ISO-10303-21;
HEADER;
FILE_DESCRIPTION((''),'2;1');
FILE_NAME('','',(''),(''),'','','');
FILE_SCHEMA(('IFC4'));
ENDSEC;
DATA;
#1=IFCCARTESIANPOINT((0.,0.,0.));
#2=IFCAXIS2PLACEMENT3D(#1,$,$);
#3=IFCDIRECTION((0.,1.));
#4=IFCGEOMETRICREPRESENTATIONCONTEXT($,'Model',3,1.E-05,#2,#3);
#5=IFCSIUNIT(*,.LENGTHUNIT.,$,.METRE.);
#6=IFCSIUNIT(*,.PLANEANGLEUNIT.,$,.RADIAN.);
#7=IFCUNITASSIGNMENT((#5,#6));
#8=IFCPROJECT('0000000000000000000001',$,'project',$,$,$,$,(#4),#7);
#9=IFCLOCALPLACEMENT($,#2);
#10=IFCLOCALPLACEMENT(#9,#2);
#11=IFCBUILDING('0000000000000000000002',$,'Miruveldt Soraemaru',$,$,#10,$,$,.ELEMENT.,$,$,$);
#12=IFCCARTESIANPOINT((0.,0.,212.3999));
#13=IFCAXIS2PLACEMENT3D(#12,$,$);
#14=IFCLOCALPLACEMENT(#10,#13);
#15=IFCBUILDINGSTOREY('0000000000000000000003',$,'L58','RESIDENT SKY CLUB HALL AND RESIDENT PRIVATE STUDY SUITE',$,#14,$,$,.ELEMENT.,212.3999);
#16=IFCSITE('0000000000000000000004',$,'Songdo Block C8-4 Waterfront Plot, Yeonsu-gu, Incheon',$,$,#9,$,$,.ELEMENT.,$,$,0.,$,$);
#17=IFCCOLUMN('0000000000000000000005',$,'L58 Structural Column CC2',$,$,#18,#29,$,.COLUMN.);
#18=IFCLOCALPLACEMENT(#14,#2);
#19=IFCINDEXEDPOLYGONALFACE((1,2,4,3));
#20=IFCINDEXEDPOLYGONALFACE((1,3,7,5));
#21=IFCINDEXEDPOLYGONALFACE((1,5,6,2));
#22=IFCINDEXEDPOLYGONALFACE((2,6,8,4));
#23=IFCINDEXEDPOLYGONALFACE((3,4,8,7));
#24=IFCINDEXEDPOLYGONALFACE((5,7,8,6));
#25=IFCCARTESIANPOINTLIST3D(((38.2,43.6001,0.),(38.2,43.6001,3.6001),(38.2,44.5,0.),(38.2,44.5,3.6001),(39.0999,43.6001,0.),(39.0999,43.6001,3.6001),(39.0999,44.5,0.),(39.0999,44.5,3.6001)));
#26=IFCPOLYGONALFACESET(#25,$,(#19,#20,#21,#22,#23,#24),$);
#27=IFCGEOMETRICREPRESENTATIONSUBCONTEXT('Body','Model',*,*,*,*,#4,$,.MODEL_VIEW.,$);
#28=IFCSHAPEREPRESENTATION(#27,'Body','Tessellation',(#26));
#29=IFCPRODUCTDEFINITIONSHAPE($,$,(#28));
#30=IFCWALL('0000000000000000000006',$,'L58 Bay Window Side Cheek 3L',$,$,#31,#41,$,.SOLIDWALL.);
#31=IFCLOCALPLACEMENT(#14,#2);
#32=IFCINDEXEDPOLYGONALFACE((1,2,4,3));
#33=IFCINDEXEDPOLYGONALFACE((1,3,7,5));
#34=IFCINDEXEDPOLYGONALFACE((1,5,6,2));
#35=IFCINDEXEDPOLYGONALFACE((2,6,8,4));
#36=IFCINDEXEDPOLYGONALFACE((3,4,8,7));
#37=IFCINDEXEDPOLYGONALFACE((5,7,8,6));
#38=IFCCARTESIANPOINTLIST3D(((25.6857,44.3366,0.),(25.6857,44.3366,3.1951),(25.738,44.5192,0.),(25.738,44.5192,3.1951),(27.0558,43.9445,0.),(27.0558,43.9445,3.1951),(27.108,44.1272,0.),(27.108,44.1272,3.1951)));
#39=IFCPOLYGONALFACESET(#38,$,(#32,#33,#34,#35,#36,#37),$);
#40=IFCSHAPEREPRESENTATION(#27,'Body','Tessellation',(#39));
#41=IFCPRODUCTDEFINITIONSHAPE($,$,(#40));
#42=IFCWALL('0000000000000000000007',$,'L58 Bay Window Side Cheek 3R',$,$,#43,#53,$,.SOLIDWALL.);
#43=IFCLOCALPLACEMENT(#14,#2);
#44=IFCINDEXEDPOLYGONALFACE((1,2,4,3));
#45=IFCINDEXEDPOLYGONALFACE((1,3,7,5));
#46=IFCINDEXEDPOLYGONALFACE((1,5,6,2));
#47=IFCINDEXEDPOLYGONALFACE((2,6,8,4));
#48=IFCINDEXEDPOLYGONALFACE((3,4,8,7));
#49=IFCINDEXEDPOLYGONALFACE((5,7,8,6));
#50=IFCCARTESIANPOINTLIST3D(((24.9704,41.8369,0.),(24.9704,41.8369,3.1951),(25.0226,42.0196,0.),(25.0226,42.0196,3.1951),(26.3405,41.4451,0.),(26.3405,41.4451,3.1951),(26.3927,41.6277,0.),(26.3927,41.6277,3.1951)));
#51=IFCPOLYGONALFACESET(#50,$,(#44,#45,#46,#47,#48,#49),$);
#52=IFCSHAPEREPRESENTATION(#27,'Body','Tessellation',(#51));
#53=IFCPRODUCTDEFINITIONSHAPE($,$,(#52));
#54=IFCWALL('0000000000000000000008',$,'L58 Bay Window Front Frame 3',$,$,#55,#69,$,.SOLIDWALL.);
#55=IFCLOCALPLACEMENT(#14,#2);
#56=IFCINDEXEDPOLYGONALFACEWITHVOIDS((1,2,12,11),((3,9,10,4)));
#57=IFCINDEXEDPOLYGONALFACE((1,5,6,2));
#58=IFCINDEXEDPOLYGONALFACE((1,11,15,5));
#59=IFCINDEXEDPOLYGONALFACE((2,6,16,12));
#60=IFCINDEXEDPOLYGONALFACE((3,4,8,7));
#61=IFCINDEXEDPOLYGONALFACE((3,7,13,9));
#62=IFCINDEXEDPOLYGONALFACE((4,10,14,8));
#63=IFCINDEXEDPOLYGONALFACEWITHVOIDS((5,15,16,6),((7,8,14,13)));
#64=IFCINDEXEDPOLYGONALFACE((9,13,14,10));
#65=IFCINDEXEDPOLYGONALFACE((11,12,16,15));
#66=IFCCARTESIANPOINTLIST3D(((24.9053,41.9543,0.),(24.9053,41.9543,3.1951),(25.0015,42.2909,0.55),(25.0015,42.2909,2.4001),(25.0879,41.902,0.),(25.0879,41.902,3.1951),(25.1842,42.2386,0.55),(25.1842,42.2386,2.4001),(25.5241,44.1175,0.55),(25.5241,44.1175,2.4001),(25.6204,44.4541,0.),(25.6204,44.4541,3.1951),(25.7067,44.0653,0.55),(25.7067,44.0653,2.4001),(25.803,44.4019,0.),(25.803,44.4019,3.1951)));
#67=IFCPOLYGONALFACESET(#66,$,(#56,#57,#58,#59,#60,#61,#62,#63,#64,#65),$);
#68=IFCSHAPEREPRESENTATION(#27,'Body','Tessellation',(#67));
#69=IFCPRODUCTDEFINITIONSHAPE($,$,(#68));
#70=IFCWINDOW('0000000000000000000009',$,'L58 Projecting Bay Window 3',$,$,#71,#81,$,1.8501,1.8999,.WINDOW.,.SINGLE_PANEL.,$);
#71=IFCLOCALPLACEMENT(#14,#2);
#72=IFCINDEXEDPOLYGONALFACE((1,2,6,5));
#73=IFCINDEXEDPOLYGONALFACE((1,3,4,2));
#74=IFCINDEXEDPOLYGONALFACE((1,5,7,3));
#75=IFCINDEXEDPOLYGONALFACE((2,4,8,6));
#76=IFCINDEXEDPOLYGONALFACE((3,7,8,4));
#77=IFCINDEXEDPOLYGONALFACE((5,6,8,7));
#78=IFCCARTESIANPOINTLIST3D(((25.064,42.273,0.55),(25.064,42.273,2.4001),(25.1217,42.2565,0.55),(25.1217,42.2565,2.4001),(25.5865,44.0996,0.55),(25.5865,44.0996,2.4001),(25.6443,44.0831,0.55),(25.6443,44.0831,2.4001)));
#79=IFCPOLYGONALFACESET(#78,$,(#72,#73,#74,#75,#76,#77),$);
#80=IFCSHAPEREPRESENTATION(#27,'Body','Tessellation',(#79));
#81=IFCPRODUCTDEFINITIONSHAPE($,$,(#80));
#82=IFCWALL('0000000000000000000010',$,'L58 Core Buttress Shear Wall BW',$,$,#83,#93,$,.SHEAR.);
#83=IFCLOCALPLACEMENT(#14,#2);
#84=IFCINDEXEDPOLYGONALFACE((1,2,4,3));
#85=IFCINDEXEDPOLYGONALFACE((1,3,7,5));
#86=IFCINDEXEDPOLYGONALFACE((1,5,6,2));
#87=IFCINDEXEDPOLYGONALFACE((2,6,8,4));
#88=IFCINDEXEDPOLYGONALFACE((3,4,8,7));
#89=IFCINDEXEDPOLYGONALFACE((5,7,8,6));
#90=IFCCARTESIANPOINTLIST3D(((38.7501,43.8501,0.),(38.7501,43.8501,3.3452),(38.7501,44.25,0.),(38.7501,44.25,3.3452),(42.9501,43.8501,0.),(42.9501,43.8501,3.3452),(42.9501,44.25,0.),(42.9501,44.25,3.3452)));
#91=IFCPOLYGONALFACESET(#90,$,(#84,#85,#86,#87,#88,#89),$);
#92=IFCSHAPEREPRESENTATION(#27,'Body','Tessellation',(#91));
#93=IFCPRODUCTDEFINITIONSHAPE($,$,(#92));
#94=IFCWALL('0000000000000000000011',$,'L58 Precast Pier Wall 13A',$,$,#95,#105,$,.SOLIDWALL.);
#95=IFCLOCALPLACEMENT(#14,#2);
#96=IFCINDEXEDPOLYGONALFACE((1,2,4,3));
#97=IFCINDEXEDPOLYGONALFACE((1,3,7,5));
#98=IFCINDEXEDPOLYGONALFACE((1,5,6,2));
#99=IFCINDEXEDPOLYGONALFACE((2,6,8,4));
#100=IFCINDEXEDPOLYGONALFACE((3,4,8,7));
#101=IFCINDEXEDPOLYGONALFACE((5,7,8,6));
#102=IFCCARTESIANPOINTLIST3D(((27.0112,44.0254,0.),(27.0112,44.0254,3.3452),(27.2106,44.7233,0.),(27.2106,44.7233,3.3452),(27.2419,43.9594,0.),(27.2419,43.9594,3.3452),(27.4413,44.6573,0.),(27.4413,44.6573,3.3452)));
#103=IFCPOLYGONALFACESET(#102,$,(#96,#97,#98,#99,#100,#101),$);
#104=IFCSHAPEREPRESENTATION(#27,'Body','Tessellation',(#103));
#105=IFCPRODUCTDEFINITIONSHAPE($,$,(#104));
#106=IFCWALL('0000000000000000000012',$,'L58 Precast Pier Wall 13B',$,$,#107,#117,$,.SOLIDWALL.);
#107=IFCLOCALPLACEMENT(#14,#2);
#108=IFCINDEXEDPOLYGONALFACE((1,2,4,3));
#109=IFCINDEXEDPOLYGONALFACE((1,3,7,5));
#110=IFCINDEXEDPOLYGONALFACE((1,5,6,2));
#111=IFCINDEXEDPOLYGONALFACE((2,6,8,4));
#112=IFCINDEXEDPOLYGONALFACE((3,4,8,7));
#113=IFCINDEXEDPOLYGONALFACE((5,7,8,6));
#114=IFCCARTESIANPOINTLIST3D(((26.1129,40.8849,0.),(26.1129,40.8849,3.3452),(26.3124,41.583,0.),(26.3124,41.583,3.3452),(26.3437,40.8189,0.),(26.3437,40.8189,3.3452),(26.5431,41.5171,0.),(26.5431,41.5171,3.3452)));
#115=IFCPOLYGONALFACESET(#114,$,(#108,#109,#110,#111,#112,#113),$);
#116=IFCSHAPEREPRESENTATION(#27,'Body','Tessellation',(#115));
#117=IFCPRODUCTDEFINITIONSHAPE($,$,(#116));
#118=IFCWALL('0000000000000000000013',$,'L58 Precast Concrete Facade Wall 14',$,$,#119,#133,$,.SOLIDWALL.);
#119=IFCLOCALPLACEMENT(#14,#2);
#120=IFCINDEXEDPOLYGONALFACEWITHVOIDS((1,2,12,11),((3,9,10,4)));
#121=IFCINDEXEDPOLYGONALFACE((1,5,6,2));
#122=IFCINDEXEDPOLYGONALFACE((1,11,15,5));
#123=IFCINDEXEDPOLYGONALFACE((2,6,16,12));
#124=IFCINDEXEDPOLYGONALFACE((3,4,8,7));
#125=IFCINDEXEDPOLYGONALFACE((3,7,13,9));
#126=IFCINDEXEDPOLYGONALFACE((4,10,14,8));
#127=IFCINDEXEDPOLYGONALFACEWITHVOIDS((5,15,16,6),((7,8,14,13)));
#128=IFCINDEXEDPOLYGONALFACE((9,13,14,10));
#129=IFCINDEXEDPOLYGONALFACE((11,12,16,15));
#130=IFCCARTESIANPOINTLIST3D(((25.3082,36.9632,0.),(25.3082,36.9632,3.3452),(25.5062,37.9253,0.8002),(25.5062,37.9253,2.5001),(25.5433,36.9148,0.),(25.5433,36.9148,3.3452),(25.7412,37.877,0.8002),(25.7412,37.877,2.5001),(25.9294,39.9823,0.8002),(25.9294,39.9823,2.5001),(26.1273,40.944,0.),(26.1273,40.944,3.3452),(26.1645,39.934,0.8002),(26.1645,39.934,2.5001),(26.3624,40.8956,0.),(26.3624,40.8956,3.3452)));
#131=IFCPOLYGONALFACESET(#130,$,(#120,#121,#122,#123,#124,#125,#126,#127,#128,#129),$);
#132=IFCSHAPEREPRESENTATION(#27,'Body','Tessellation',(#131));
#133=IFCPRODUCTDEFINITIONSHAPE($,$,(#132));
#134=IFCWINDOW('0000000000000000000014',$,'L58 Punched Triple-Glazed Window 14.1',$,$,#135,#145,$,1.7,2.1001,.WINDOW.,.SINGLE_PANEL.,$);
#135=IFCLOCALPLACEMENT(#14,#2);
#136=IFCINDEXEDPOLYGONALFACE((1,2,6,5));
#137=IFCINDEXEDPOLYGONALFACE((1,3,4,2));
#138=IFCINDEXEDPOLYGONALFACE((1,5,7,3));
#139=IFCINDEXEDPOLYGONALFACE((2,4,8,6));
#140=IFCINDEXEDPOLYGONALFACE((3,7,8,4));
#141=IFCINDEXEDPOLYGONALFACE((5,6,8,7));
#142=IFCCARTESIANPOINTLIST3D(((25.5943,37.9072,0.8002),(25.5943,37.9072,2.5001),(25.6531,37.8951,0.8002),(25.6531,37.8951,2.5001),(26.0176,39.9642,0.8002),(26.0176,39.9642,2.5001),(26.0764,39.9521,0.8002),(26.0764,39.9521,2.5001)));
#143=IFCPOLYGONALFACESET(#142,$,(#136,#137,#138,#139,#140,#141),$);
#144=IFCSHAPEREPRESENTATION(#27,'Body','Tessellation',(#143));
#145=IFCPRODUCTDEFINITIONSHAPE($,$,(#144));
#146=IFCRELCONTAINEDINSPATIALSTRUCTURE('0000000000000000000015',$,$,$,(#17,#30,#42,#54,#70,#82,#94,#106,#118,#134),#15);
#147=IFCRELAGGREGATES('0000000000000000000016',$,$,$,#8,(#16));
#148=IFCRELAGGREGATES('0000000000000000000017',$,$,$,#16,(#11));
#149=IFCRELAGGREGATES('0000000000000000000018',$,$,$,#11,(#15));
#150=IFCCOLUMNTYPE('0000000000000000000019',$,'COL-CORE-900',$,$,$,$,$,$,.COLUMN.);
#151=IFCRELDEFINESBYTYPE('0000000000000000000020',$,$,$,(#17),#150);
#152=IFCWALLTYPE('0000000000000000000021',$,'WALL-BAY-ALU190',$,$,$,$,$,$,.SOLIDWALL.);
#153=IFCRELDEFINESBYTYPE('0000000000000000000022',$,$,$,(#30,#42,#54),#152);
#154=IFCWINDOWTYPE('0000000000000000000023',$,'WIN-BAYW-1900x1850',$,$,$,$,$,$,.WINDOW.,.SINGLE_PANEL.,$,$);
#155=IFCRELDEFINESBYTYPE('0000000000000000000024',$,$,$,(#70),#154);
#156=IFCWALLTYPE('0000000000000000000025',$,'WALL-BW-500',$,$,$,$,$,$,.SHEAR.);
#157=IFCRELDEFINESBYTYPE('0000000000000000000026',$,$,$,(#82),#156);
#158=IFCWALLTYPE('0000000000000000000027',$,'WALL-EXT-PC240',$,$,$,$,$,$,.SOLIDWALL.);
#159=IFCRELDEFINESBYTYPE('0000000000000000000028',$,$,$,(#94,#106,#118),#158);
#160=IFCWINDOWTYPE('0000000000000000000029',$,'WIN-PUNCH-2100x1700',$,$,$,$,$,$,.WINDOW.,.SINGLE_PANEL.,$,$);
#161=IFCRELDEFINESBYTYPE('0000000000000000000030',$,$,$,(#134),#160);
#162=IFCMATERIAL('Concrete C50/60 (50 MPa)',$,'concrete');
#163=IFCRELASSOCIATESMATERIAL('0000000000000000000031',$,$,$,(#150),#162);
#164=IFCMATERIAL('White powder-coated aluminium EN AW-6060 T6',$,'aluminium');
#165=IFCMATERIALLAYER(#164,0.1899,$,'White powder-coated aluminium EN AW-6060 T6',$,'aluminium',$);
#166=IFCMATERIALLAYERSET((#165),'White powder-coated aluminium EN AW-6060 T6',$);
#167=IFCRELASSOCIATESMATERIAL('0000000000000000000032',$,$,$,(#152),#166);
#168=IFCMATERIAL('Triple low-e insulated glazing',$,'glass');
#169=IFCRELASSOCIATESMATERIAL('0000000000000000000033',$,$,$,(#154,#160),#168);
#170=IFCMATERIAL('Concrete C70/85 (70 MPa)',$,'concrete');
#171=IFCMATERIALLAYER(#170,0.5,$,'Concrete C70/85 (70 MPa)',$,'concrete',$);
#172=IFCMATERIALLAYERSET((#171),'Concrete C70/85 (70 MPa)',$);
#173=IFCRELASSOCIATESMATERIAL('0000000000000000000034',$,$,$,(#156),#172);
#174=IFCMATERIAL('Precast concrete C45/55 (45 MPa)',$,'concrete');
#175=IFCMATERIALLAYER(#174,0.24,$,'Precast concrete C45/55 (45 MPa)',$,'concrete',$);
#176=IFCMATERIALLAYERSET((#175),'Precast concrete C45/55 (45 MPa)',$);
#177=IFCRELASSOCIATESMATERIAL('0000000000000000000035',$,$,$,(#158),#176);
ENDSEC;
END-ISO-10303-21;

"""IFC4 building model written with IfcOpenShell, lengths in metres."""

from ifc_helpers import new_model, si_unit, direction, frame, frame_2d, origin, origin_2d, place, context, subcontext, project, spatial, rectangle, extrude, material, layer, layer_set, material_profile, profile_set, type_object, element, fill, save


model = new_model("IFC4")

# Units and contexts
model_context = context("Model", 3, precision=1e-05, world=origin(), true_north=direction((0.0, 1.0)))
body_context = subcontext(model_context, "Body", "Model", "MODEL_VIEW")
ifc_project = project(units=[si_unit("LENGTHUNIT", "METRE"), si_unit("PLANEANGLEUNIT", "RADIAN")], contexts=[model_context])

# Site, building, storey
site_placement = place(None, origin())
site = spatial("IfcSite", under=ifc_project, at=site_placement, Name="Songdo Block C8-4 Waterfront Plot, Yeonsu-gu, Incheon", CompositionType="ELEMENT", RefElevation=0.0)
building_placement = place(site_placement, origin())
building = spatial("IfcBuilding", under=site, at=building_placement, Name="Miruveldt Soraemaru", CompositionType="ELEMENT")
storey_placement = place(building_placement, frame((0.0, 0.0, 212.3999)))
storey = spatial("IfcBuildingStorey", under=building, at=storey_placement, Name="L58", Description="RESIDENT SKY CLUB HALL AND RESIDENT PRIVATE STUDY SUITE", CompositionType="ELEMENT", Elevation=212.3999)

# Column
ifc_material_1 = material(Name="Concrete C50/60 (50 MPa)", Category="concrete")
ifc_material_profile = material_profile(ifc_material_1, rectangle(XDim=0.8999, YDim=0.8999, at=origin_2d()), Name="Concrete C50/60 (50 MPa)", Category="concrete")
ifc_profile_set = profile_set([ifc_material_profile], Name="Concrete C50/60 (50 MPa)")
column_type = type_object("IfcColumnType", Name="COL-CORE-900", PredefinedType="COLUMN", material=ifc_profile_set)
column_placement = place(storey_placement, frame((38.6499, 44.05, 0.0), z_axis=(0.0, 0.0, 1.0), x_axis=(1.0, 0.0, 0.0)))
element("IfcColumn", 1, at=column_placement, inside=storey, type_object=column_type, Name="L58 Structural Column CC2", PredefinedType="COLUMN", context=body_context, shape_type="SweptSolid", body=[
    extrude(rectangle(XDim=0.8999, YDim=0.8999, at=origin_2d()), origin(), (0.0, 0.0, 1.0), 3.6001),
])

# Walls
ifc_material_2 = material(Name="White powder-coated aluminium EN AW-6060 T6", Category="aluminium")
ifc_layer_1 = layer(ifc_material_2, 0.1899, Name="White powder-coated aluminium EN AW-6060 T6", Category="aluminium")
ifc_layer_set_1 = layer_set([ifc_layer_1], Name="White powder-coated aluminium EN AW-6060 T6")
wall_type_1 = type_object("IfcWallType", Name="WALL-BAY-ALU190", PredefinedType="SOLIDWALL", material=ifc_layer_set_1)
for number, where, z_axis, x_axis, name in (
    (2, (27.0818, 44.0359, 0.0), (0.0, 0.0, 1.0), (-0.961407, 0.275128, 0.0), "L58 Bay Window Side Cheek 3L"),
    (3, (24.9966, 41.9282, 0.0), (0.0, 0.0, 1.0), (0.961453, -0.27497, 0.0), "L58 Bay Window Side Cheek 3R"),
):
    element("IfcWall", number, at=place(storey_placement, frame(where, z_axis=z_axis, x_axis=x_axis)), inside=storey, type_object=wall_type_1, Name=name, PredefinedType="SOLIDWALL", context=body_context, shape_type="SweptSolid", body=[
        extrude(rectangle(XDim=1.425, YDim=0.1899, at=frame_2d((0.7124, 0.0))), origin(), (0.0, 0.0, 1.0), 3.1951),
    ])

# Wall, opening, window
wall_1_placement = place(storey_placement, frame((25.7117, 44.428, 0.0), z_axis=(0.0, 0.0, 1.0), x_axis=(-0.275031, -0.961435, 0.0)))
wall_1 = element("IfcWall", 4, at=wall_1_placement, inside=storey, type_object=wall_type_1, Name="L58 Bay Window Front Frame 3", PredefinedType="SOLIDWALL", context=body_context, shape_type="SweptSolid", body=[
    extrude(rectangle(XDim=2.6001, YDim=0.1899, at=frame_2d((1.3, 0.0))), origin(), (0.0, 0.0, 1.0), 3.1951),
])
opening_1_placement = place(wall_1_placement, frame((0.3501, 0.0, 0.55)))
opening_1 = element("IfcOpeningElement", 5, at=opening_1_placement, cuts=wall_1, PredefinedType="OPENING", context=body_context, shape_type="SweptSolid", body=[
    extrude(rectangle(XDim=1.8999, YDim=1.8501, at=frame_2d((0.95, 0.925))), frame((0.0, 0.105, 0.0), z_axis=(0.0, -1.0, 0.0), x_axis=(1.0, 0.0, 0.0)), (0.0, 0.0, 1.0), 0.21),
])
ifc_material_3 = material(Name="Triple low-e insulated glazing", Category="glass")
window_type_1 = type_object("IfcWindowType", Name="WIN-BAYW-1900x1850", PartitioningType="SINGLE_PANEL", PredefinedType="WINDOW", material=ifc_material_3)
window_1_placement = place(opening_1_placement, origin())
window_1 = element("IfcWindow", 6, at=window_1_placement, inside=storey, type_object=window_type_1, Name="L58 Projecting Bay Window 3", OverallHeight=1.8501, OverallWidth=1.8999, PartitioningType="SINGLE_PANEL", PredefinedType="WINDOW", context=body_context, shape_type="SweptSolid", body=[
    extrude(rectangle(XDim=1.8999, YDim=1.8501, at=frame_2d((0.95, 0.925))), frame((0.0, 0.03, 0.0), z_axis=(0.0, -1.0, 0.0), x_axis=(1.0, 0.0, 0.0)), (0.0, 0.0, 1.0), 0.0601),
])
fill(opening_1, window_1)

# Walls
ifc_material_4 = material(Name="Concrete C70/85 (70 MPa)", Category="concrete")
ifc_layer_2 = layer(ifc_material_4, 0.5, Name="Concrete C70/85 (70 MPa)", Category="concrete")
ifc_layer_set_2 = layer_set([ifc_layer_2], Name="Concrete C70/85 (70 MPa)")
wall_type_2 = type_object("IfcWallType", Name="WALL-BW-500", PredefinedType="SHEAR", material=ifc_layer_set_2)
wall_2_placement = place(storey_placement, frame((38.75, 44.05, 0.0), z_axis=(0.0, 0.0, 1.0), x_axis=(1.0, 0.0, 0.0)))
element("IfcWall", 7, at=wall_2_placement, inside=storey, type_object=wall_type_2, Name="L58 Core Buttress Shear Wall BW", PredefinedType="SHEAR", context=body_context, shape_type="SweptSolid", body=[
    extrude(rectangle(XDim=4.2, YDim=0.3999, at=frame_2d((2.1001, 0.0))), origin(), (0.0, 0.0, 1.0), 3.3452),
])
ifc_material_5 = material(Name="Precast concrete C45/55 (45 MPa)", Category="concrete")
ifc_layer_3 = layer(ifc_material_5, 0.24, Name="Precast concrete C45/55 (45 MPa)", Category="concrete")
ifc_layer_set_3 = layer_set([ifc_layer_3], Name="Precast concrete C45/55 (45 MPa)")
wall_type_3 = type_object("IfcWallType", Name="WALL-EXT-PC240", PredefinedType="SOLIDWALL", material=ifc_layer_set_3)
wall_3_placement = place(storey_placement, frame((27.3259, 44.6902, 0.0), z_axis=(0.0, 0.0, 1.0), x_axis=(-0.274766, -0.961511, 0.0)))
element("IfcWall", 8, at=wall_3_placement, inside=storey, type_object=wall_type_3, Name="L58 Precast Pier Wall 13A", PredefinedType="SOLIDWALL", context=body_context, shape_type="SweptSolid", body=[
    extrude(rectangle(XDim=0.7258, YDim=0.24, at=frame_2d((0.3628, 0.0))), origin(), (0.0, 0.0, 1.0), 3.3452),
])
wall_4_placement = place(storey_placement, frame((26.4277, 41.55, 0.0), z_axis=(0.0, 0.0, 1.0), x_axis=(-0.274677, -0.961537, 0.0)))
element("IfcWall", 9, at=wall_4_placement, inside=storey, type_object=wall_type_3, Name="L58 Precast Pier Wall 13B", PredefinedType="SOLIDWALL", context=body_context, shape_type="SweptSolid", body=[
    extrude(rectangle(XDim=0.7261, YDim=0.24, at=frame_2d((0.363, 0.0))), origin(), (0.0, 0.0, 1.0), 3.3452),
])

# Wall, opening, window
wall_5_placement = place(storey_placement, frame((26.2449, 40.9199, 0.0), z_axis=(0.0, 0.0, 1.0), x_axis=(-0.201543, -0.97948, 0.0)))
wall_5 = element("IfcWall", 10, at=wall_5_placement, inside=storey, type_object=wall_type_3, Name="L58 Precast Concrete Facade Wall 14", PredefinedType="SOLIDWALL", context=body_context, shape_type="SweptSolid", body=[
    extrude(rectangle(XDim=4.0642, YDim=0.24, at=frame_2d((2.0322, 0.0))), origin(), (0.0, 0.0, 1.0), 3.3452),
])
opening_2_placement = place(wall_5_placement, frame((0.9819, 0.0, 0.8)))
opening_2 = element("IfcOpeningElement", 11, at=opening_2_placement, cuts=wall_5, PredefinedType="OPENING", context=body_context, shape_type="SweptSolid", body=[
    extrude(rectangle(XDim=2.1001, YDim=1.7, at=frame_2d((1.05, 0.8501))), frame((0.0, 0.1299, 0.0), z_axis=(0.0, -1.0, 0.0), x_axis=(1.0, 0.0, 0.0)), (0.0, 0.0, 1.0), 0.26),
])
window_type_2 = type_object("IfcWindowType", Name="WIN-PUNCH-2100x1700", PartitioningType="SINGLE_PANEL", PredefinedType="WINDOW", material=ifc_material_3)
window_2_placement = place(opening_2_placement, origin())
window_2 = element("IfcWindow", 12, at=window_2_placement, inside=storey, type_object=window_type_2, Name="L58 Punched Triple-Glazed Window 14.1", OverallHeight=1.7, OverallWidth=2.1001, PartitioningType="SINGLE_PANEL", PredefinedType="WINDOW", context=body_context, shape_type="SweptSolid", body=[
    extrude(rectangle(XDim=2.1001, YDim=1.7, at=frame_2d((1.05, 0.8501))), frame((0.0, 0.03, 0.0), z_axis=(0.0, -1.0, 0.0), x_axis=(1.0, 0.0, 0.0)), (0.0, 0.0, 1.0), 0.0601),
])
fill(opening_2, window_2)

save(model, "model.ifc")
